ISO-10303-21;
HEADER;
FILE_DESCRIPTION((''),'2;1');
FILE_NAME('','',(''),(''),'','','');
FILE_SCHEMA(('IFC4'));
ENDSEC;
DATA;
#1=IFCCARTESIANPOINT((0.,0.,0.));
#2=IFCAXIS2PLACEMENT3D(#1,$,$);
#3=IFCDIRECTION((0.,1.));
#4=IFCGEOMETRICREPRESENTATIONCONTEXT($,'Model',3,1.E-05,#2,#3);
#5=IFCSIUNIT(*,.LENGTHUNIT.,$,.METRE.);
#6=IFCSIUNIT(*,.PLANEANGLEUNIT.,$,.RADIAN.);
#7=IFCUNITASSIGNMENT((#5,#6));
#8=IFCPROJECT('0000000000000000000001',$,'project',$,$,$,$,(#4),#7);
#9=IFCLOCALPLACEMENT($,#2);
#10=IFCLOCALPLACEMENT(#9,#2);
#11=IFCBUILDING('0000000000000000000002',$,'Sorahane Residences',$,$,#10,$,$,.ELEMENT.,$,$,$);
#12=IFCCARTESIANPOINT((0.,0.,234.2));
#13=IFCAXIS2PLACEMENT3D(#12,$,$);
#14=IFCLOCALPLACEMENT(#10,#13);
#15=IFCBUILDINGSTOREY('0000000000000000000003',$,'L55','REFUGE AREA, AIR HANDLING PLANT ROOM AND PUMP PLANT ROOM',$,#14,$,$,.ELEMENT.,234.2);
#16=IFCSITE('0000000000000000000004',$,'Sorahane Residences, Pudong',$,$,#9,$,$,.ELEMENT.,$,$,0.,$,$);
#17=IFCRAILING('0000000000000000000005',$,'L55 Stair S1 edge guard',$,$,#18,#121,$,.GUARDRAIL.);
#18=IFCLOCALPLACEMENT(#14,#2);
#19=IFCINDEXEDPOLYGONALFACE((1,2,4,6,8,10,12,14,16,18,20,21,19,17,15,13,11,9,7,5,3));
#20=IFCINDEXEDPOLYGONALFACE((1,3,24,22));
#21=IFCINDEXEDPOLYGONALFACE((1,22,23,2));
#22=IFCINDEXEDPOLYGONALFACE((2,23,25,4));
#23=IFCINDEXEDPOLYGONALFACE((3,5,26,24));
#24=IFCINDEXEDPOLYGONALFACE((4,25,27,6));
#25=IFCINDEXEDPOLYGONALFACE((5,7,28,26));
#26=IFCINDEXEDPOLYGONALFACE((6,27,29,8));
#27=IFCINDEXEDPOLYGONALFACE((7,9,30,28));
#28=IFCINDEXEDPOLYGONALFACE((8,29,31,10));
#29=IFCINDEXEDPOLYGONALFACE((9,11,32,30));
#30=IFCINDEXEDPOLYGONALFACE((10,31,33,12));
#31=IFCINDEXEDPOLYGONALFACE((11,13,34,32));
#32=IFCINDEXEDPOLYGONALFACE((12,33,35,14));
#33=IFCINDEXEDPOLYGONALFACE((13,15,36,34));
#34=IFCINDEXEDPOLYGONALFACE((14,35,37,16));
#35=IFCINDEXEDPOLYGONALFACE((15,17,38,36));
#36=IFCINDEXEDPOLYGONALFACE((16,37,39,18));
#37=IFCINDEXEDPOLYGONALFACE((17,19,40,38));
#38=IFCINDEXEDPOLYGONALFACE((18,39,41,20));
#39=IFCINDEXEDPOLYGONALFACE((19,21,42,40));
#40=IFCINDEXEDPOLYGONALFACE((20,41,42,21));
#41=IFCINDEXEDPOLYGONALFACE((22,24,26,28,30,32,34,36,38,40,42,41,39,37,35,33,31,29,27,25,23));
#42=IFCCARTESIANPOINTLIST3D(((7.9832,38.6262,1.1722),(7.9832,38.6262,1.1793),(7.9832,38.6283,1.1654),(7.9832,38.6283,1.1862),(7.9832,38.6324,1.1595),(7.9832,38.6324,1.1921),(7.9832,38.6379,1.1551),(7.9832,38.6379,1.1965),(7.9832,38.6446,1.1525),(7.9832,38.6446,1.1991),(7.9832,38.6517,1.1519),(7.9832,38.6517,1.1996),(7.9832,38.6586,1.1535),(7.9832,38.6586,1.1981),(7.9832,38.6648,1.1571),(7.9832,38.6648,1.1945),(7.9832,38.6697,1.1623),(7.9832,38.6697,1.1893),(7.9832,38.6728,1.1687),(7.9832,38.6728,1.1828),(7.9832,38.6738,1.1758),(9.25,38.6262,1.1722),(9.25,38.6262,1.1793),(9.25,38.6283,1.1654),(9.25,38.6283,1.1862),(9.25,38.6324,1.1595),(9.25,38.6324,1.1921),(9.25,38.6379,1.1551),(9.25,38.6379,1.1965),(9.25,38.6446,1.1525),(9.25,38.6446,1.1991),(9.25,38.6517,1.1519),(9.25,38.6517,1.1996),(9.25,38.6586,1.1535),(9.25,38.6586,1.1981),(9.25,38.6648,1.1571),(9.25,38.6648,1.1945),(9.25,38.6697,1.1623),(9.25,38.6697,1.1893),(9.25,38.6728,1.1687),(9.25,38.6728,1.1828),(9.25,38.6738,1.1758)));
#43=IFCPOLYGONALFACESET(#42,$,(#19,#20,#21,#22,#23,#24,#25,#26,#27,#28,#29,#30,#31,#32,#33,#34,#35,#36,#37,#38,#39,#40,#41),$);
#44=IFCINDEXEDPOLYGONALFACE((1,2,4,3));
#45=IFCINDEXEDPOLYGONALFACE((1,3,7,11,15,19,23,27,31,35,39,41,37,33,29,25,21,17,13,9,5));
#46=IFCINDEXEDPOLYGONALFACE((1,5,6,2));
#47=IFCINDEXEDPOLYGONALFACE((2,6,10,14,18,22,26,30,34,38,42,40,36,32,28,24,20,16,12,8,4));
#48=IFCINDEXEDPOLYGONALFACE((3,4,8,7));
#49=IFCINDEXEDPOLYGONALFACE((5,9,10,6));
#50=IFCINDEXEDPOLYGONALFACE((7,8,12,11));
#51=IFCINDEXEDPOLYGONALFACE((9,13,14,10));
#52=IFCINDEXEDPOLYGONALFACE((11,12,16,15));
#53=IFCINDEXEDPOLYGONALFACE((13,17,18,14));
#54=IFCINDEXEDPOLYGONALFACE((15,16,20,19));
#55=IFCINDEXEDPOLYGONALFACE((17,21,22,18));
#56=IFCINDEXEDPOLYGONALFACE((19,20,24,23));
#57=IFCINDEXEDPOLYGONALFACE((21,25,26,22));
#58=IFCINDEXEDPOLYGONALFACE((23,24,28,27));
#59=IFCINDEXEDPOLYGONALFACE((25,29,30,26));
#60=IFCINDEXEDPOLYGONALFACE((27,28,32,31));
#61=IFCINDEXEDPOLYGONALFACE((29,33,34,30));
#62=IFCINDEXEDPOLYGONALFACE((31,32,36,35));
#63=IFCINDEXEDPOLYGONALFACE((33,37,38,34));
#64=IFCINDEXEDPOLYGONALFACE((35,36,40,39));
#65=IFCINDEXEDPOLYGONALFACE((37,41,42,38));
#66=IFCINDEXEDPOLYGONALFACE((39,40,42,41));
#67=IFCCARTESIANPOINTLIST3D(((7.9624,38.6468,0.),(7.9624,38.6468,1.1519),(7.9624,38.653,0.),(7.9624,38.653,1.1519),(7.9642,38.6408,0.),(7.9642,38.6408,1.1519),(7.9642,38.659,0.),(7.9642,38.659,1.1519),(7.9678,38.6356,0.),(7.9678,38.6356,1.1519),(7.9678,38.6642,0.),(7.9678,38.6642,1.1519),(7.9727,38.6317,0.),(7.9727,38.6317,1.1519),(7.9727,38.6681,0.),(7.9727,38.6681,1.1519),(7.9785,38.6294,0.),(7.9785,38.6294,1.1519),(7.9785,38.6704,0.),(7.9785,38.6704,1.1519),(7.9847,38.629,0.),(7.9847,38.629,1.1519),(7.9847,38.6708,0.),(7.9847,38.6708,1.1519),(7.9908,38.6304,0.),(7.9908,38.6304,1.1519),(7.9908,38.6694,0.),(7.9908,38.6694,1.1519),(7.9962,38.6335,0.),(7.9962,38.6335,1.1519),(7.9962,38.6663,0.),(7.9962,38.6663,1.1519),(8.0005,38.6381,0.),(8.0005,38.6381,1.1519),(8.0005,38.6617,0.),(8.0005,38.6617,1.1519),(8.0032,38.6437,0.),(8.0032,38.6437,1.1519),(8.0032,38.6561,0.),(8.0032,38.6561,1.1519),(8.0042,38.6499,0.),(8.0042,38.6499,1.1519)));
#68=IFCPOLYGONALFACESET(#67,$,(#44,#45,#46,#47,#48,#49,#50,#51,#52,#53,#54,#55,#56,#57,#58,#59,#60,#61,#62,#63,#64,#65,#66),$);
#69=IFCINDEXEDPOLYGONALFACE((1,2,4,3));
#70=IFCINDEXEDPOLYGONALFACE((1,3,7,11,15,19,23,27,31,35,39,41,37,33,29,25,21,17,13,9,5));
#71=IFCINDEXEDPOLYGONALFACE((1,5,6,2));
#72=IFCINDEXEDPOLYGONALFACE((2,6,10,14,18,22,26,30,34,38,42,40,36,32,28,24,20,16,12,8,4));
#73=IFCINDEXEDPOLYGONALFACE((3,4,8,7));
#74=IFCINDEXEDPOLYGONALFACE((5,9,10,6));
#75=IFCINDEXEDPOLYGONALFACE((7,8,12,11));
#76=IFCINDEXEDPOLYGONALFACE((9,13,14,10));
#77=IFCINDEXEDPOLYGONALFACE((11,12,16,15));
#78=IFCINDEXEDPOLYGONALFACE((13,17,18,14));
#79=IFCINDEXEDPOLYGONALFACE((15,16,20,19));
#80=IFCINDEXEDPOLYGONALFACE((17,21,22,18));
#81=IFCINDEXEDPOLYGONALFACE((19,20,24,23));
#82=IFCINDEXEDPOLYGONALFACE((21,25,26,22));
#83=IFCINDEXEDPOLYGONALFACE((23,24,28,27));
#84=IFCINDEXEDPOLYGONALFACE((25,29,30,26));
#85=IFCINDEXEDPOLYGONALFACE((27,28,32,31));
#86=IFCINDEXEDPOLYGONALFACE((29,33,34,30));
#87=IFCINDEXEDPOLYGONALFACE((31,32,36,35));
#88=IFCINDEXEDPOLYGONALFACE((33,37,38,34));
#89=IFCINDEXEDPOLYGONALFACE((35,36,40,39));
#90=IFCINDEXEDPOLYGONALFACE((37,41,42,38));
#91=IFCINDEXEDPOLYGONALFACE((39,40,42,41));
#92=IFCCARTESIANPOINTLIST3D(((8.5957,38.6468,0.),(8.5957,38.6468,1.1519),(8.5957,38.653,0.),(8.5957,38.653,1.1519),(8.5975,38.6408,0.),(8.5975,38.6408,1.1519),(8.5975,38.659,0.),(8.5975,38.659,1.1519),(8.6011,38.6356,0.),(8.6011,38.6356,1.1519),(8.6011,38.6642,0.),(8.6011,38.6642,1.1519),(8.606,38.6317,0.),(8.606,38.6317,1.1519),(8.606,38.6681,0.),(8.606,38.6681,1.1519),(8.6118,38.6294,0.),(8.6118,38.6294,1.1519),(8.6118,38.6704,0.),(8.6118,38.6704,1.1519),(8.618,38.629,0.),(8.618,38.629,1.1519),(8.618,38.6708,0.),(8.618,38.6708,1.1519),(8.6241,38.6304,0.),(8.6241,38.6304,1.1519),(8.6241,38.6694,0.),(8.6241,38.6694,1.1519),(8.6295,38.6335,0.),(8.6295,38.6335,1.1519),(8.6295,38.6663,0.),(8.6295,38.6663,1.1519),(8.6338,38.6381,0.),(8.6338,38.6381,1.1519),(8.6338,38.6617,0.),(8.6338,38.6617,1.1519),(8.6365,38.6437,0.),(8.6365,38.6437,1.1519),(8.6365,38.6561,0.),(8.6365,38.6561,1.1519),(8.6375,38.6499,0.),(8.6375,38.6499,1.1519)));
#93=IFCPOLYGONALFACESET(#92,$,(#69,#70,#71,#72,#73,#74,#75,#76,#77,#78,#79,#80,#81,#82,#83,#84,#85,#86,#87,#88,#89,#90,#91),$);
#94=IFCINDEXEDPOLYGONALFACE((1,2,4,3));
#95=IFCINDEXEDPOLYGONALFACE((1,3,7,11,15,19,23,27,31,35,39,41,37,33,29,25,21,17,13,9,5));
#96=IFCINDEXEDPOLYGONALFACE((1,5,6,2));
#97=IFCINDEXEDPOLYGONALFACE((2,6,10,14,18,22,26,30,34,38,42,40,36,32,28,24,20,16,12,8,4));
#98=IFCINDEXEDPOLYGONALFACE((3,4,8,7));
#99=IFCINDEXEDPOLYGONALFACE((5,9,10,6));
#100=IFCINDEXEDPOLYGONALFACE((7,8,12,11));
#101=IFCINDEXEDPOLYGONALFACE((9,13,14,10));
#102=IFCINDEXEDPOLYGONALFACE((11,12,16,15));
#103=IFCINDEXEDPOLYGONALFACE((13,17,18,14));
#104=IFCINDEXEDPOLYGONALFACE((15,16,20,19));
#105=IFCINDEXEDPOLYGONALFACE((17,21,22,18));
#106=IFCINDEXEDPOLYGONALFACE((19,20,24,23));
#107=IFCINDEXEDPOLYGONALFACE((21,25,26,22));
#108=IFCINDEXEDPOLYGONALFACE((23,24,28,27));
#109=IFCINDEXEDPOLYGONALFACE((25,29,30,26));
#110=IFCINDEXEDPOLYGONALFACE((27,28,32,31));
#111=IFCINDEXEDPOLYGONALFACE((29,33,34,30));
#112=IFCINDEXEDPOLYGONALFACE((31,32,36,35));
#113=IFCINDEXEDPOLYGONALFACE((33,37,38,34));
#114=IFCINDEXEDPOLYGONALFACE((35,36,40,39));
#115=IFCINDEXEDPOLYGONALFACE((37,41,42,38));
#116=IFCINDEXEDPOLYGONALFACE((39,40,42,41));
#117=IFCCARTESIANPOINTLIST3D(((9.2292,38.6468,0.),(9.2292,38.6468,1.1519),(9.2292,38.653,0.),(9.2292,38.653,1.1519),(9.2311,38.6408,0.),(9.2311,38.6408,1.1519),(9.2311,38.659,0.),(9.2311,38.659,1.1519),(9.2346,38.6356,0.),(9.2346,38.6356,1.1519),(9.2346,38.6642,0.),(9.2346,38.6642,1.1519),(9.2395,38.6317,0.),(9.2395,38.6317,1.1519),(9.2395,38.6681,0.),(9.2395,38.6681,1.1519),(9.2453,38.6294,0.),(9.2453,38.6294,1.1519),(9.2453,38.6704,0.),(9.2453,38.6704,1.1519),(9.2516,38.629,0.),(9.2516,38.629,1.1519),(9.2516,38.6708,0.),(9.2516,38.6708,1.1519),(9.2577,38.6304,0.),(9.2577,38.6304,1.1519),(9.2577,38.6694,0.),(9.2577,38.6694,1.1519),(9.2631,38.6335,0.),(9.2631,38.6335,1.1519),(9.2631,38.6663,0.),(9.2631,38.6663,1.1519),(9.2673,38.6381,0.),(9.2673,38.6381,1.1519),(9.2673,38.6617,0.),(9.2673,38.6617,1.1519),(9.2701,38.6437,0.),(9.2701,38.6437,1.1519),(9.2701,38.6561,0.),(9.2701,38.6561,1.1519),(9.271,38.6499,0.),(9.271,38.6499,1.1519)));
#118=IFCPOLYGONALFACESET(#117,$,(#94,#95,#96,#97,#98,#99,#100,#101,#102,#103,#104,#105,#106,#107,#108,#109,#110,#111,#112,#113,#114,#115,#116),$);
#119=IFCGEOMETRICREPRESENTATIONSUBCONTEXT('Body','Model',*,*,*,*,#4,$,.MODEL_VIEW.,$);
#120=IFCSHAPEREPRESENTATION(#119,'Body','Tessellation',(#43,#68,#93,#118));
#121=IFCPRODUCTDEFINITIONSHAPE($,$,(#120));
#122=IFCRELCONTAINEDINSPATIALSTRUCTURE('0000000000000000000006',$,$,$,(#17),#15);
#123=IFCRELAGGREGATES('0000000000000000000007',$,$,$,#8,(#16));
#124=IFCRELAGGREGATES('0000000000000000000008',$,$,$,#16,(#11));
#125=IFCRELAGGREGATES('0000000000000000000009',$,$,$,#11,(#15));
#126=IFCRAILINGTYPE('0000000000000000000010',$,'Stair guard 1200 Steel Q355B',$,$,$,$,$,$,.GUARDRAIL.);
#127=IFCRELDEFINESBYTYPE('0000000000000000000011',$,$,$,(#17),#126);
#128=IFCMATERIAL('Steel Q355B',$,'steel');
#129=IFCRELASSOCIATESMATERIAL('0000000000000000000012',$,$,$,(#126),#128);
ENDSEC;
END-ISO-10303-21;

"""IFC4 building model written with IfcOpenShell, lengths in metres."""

from ifc_helpers import new_model, si_unit, direction, frame, origin, origin_2d, place, context, subcontext, project, spatial, circle, extrude, material, type_object, element, save


model = new_model("IFC4")

# Units and contexts
model_context = context("Model", 3, precision=1e-05, world=origin(), true_north=direction((0.0, 1.0)))
body_context = subcontext(model_context, "Body", "Model", "MODEL_VIEW")
ifc_project = project(units=[si_unit("LENGTHUNIT", "METRE"), si_unit("PLANEANGLEUNIT", "RADIAN")], contexts=[model_context])

# Site, building, storey
site_placement = place(None, origin())
site = spatial("IfcSite", under=ifc_project, at=site_placement, Name="Sorahane Residences, Pudong", CompositionType="ELEMENT", RefElevation=0.0)
building_placement = place(site_placement, origin())
building = spatial("IfcBuilding", under=site, at=building_placement, Name="Sorahane Residences", CompositionType="ELEMENT")
storey_placement = place(building_placement, frame((0.0, 0.0, 234.2)))
storey = spatial("IfcBuildingStorey", under=building, at=storey_placement, Name="L55", Description="REFUGE AREA, AIR HANDLING PLANT ROOM AND PUMP PLANT ROOM", CompositionType="ELEMENT", Elevation=234.2)

# Railing
ifc_material_1 = material(Name="Steel Q355B", Category="steel")
railing_type = type_object("IfcRailingType", Name="Stair guard 1200 Steel Q355B", PredefinedType="GUARDRAIL", material=ifc_material_1)
railing_1_placement = place(storey_placement, frame((7.9832, 38.6499, 0.0)))
element("IfcRailing", 1, at=railing_1_placement, inside=storey, type_object=railing_type, Name="L55 Stair S1 edge guard", PredefinedType="GUARDRAIL", context=body_context, shape_type="SweptSolid", body=[
    extrude(circle(Radius=0.0239, at=origin_2d()), frame((0.0, 0.0, 1.1758), z_axis=(1.0, 0.0, 0.0), x_axis=(0.0, 1.0, 0.0)), (0.0, 0.0, 1.0), 1.2668),
    extrude(circle(Radius=0.021, at=origin_2d()), origin(), (0.0, 0.0, 1.0), 1.1519),
    extrude(circle(Radius=0.021, at=origin_2d()), frame((0.6333, 0.0, 0.0)), (0.0, 0.0, 1.0), 1.1519),
    extrude(circle(Radius=0.021, at=origin_2d()), frame((1.2668, 0.0, 0.0)), (0.0, 0.0, 1.0), 1.1519),
])

save(model, "model.ifc")
